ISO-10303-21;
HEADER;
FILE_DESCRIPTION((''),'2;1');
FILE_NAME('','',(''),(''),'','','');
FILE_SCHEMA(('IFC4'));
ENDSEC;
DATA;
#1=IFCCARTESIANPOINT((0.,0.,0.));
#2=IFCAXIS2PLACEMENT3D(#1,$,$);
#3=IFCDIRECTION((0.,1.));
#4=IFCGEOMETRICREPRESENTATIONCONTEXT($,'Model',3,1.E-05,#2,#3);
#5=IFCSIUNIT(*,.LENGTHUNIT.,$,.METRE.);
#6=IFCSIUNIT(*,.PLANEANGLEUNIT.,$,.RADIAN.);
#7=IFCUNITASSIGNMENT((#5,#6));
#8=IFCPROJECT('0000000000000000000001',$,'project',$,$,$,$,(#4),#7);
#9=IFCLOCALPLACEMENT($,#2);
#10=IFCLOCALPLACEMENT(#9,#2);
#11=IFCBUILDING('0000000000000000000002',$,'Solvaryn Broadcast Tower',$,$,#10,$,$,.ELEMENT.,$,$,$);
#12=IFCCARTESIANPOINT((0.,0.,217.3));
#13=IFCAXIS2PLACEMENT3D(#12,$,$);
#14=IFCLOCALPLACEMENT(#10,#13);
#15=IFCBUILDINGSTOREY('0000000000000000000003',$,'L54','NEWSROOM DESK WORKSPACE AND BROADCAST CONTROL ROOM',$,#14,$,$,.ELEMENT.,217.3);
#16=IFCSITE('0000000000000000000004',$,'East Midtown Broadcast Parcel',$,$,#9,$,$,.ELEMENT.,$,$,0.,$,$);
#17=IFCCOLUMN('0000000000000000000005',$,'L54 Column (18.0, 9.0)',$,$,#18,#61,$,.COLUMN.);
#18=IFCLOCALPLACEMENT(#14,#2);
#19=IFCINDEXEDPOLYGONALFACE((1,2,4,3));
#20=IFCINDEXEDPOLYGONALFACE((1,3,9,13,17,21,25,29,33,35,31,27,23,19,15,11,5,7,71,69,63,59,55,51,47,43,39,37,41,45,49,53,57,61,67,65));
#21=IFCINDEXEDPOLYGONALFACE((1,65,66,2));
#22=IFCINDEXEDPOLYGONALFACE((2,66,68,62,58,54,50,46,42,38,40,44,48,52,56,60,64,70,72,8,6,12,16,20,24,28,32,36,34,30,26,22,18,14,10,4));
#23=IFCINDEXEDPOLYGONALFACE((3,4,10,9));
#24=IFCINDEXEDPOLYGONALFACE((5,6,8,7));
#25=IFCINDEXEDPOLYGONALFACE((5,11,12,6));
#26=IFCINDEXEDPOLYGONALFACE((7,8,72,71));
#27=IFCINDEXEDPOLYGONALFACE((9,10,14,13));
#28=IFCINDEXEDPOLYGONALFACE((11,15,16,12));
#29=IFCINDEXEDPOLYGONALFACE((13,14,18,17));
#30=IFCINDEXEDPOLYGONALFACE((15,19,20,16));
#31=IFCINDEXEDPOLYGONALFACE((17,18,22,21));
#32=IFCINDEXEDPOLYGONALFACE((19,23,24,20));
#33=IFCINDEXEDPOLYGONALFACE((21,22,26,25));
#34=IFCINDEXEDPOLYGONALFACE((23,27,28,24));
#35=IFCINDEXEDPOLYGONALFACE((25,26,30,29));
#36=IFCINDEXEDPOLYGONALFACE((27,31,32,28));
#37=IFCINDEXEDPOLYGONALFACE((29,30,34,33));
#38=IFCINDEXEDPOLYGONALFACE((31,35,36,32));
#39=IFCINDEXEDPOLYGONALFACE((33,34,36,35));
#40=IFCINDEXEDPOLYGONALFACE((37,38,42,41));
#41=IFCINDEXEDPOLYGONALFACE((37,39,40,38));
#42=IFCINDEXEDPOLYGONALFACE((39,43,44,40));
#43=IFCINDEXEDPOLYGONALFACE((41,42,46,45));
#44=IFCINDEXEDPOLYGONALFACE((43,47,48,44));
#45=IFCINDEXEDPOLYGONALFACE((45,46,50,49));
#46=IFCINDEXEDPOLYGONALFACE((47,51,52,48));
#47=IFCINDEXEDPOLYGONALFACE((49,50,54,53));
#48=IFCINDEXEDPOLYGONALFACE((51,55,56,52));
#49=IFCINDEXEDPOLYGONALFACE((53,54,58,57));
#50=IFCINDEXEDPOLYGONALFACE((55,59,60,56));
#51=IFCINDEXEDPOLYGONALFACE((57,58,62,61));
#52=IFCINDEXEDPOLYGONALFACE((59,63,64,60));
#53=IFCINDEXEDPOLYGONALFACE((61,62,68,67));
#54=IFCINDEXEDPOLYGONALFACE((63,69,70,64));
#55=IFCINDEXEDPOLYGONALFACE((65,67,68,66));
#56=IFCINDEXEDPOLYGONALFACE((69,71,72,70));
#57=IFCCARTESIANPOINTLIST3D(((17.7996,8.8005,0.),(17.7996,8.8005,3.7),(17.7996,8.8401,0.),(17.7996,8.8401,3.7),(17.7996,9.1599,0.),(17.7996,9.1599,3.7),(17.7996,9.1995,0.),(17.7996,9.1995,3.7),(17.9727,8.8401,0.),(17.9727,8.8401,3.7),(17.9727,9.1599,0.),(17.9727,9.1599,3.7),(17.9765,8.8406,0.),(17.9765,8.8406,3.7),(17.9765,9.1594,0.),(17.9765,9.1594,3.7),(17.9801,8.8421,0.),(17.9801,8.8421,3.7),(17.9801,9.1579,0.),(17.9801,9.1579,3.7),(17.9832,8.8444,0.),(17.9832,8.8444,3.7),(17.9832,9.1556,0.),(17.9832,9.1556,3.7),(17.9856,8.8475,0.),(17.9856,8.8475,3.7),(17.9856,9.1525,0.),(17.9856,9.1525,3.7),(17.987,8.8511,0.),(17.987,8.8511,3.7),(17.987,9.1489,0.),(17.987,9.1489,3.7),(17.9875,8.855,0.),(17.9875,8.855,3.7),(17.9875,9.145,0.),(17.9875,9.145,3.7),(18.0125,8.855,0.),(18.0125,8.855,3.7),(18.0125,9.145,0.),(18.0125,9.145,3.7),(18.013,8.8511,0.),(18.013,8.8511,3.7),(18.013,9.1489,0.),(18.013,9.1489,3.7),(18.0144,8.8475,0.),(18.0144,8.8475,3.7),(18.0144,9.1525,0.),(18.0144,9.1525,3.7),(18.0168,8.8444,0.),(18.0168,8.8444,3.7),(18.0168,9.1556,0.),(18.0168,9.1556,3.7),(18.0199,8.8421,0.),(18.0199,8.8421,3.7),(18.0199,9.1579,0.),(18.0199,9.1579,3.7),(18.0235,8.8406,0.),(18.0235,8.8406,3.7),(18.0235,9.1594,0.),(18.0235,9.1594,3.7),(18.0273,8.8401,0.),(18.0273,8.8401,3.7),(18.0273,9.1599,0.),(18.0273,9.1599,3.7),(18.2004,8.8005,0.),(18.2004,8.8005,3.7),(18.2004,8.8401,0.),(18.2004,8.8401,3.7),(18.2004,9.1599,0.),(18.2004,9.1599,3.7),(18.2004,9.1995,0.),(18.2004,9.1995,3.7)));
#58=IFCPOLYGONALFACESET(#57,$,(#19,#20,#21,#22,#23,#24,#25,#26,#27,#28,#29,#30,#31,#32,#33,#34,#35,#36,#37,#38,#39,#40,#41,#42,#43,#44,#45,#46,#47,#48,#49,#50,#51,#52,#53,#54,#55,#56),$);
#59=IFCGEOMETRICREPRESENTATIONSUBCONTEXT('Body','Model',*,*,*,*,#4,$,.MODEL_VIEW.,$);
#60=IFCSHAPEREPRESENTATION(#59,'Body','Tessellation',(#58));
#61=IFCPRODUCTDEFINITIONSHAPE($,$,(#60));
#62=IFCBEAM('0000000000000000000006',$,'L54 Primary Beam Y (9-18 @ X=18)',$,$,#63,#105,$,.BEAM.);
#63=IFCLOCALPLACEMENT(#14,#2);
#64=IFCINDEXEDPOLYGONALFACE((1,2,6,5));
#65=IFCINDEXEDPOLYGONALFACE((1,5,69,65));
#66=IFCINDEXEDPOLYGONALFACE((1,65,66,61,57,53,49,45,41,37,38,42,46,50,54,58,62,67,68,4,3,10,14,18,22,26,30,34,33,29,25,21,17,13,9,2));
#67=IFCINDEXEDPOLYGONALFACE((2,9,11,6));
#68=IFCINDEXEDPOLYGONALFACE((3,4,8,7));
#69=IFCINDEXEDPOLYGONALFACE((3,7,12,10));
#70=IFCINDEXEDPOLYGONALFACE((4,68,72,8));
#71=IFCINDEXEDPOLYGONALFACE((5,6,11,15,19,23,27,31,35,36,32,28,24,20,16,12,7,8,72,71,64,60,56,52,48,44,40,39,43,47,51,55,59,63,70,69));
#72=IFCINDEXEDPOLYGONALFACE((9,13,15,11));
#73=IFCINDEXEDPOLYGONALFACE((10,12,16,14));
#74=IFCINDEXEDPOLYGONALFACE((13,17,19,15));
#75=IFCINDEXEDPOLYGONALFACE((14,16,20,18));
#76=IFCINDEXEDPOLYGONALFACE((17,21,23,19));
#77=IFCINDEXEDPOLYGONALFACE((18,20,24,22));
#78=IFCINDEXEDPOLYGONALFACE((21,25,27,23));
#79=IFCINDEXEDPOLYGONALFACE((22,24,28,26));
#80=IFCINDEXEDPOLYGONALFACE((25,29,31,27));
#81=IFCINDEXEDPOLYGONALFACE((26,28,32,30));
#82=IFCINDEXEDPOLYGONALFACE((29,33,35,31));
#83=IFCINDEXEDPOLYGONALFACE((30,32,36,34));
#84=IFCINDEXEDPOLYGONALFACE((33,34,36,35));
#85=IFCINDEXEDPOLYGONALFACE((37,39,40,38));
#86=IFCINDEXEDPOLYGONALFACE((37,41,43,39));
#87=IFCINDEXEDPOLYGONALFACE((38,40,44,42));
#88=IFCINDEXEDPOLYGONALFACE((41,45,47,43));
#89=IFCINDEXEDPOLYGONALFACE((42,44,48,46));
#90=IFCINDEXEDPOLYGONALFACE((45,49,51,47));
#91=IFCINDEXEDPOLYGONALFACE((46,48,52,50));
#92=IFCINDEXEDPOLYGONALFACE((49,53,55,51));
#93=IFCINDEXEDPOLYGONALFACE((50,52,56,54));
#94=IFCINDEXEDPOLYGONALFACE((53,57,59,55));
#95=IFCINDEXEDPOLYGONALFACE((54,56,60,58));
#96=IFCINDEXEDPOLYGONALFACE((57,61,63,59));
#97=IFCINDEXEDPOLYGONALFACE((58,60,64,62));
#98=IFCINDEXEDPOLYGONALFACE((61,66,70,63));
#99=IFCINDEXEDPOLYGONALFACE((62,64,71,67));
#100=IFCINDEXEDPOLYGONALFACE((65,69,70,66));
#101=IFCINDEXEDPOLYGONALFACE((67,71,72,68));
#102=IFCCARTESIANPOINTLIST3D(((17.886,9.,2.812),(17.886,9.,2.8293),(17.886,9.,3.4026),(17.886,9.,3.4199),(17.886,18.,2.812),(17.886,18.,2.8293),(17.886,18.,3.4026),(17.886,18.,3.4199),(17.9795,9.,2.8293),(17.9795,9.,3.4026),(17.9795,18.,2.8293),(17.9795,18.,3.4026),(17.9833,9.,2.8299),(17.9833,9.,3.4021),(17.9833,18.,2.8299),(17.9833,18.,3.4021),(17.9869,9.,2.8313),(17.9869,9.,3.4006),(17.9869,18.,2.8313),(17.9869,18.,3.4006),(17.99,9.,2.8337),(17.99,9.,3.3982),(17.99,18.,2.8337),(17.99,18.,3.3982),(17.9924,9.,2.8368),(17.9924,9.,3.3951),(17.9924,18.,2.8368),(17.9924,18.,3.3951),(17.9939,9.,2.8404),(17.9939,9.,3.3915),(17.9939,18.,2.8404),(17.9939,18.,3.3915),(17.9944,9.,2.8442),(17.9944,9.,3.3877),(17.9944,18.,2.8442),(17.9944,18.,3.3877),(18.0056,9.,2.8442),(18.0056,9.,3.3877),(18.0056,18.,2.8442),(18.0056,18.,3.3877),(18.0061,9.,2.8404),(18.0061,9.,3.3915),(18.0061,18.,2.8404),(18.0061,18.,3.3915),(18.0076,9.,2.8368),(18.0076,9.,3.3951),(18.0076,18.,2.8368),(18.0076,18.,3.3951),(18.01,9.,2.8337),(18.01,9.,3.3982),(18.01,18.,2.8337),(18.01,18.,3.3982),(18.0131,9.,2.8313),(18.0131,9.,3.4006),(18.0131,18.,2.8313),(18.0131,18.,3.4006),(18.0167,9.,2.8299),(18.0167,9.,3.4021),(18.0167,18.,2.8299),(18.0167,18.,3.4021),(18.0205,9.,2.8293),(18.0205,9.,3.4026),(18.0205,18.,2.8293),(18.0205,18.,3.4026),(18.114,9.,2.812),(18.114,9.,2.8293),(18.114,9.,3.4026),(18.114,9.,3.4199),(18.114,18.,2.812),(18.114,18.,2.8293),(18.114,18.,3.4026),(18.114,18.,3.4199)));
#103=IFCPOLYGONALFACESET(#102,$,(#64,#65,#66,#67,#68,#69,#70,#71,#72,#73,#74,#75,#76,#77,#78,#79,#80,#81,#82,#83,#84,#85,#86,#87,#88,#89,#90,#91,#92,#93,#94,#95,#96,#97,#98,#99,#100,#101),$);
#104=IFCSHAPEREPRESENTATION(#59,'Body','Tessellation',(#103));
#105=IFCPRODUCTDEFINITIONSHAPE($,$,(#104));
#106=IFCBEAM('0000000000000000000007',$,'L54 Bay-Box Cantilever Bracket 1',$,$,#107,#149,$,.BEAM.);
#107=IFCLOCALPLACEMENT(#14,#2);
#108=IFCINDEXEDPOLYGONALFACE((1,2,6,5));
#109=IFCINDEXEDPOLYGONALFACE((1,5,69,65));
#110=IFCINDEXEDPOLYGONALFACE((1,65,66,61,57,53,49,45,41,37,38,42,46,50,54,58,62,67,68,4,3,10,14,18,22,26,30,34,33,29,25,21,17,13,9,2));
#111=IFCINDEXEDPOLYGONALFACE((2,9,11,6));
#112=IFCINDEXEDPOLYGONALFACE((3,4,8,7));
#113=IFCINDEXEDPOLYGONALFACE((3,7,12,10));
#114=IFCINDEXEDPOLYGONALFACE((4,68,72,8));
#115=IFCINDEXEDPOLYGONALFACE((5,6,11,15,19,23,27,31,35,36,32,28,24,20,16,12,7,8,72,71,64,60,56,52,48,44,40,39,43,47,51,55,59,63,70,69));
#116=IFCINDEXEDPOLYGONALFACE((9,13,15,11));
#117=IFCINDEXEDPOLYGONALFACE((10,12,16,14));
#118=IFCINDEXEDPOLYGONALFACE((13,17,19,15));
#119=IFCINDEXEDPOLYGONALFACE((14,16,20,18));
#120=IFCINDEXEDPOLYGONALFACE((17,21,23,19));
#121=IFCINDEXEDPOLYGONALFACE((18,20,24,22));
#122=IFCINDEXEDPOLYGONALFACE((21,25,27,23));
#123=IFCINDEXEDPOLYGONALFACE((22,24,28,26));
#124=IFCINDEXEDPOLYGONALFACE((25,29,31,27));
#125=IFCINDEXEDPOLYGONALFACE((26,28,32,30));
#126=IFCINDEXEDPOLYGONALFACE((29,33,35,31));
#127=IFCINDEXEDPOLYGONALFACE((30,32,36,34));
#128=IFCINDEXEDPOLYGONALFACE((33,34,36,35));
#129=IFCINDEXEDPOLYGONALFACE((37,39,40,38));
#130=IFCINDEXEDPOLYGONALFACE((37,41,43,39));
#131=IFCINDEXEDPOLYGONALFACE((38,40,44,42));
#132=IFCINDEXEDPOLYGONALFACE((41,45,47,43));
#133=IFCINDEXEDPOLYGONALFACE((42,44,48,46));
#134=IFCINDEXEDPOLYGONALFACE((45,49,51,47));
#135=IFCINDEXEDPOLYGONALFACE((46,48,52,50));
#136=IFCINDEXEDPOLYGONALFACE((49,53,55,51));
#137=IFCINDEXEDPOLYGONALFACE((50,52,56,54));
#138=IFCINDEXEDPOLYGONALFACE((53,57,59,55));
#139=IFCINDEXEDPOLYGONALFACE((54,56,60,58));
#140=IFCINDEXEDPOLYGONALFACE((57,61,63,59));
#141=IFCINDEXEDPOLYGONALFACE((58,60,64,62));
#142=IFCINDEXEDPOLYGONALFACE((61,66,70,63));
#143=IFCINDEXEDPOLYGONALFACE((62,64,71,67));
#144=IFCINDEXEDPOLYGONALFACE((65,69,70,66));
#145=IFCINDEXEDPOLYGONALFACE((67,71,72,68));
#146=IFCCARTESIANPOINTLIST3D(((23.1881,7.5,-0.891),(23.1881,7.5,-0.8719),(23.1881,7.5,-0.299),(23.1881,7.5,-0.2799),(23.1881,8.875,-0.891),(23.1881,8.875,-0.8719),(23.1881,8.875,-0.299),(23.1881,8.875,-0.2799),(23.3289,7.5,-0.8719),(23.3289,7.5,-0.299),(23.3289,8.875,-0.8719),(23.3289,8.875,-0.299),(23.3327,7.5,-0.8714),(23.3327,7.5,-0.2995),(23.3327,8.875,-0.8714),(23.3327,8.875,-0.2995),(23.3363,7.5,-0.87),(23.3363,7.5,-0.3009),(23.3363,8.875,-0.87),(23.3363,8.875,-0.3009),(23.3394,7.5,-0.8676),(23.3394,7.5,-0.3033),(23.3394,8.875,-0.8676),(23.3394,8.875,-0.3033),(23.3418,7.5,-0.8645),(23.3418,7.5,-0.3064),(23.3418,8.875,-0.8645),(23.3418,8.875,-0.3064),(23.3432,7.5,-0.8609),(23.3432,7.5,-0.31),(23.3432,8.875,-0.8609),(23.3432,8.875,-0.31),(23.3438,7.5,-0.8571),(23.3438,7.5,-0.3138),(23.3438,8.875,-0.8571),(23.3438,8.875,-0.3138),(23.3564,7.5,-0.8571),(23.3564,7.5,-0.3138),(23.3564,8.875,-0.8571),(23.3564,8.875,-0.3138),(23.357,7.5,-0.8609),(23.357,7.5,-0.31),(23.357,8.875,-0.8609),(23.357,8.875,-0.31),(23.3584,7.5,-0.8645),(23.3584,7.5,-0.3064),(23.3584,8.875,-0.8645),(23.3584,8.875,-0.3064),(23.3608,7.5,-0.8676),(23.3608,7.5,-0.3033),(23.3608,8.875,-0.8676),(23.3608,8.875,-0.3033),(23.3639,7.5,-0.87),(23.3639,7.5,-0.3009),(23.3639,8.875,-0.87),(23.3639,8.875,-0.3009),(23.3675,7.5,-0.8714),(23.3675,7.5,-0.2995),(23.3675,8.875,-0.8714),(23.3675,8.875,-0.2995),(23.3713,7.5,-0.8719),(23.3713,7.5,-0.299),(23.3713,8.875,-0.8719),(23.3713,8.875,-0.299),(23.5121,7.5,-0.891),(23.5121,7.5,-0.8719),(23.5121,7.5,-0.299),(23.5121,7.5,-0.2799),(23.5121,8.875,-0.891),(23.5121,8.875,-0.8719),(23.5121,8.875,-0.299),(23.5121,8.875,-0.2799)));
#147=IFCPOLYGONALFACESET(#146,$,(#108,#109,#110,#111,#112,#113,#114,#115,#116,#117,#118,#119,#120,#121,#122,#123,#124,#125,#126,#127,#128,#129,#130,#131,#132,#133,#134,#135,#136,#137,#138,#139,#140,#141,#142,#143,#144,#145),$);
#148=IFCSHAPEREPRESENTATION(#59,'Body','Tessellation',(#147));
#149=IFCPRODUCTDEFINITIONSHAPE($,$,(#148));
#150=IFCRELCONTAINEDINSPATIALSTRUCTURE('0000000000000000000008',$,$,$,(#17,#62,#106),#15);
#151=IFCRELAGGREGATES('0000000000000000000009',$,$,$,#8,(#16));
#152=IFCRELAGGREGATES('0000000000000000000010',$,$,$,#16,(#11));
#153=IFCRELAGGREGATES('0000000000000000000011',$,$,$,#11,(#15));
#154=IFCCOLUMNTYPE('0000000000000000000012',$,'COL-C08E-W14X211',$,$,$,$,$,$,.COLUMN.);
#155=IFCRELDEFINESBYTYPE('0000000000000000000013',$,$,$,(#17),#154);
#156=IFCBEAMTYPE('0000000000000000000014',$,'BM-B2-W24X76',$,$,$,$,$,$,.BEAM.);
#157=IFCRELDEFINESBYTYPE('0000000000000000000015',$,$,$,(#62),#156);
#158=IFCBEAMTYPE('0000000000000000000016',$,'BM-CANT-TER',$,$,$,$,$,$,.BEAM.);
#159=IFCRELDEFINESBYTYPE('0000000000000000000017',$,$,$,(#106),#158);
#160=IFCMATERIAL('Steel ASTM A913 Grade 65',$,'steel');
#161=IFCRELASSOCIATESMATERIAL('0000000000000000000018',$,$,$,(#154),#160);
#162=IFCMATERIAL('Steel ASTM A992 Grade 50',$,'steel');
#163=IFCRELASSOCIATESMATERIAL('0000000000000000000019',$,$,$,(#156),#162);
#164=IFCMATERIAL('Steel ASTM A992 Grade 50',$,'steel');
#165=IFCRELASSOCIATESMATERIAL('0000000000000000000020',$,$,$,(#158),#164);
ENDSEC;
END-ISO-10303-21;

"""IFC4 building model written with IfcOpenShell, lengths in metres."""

from ifc_helpers import new_model, si_unit, direction, frame, origin, origin_2d, place, context, subcontext, project, spatial, i_section, extrude, material, material_profile, profile_set, type_object, element, save


model = new_model("IFC4")

# Units and contexts
model_context = context("Model", 3, precision=1e-05, world=origin(), true_north=direction((0.0, 1.0)))
body_context = subcontext(model_context, "Body", "Model", "MODEL_VIEW")
ifc_project = project(units=[si_unit("LENGTHUNIT", "METRE"), si_unit("PLANEANGLEUNIT", "RADIAN")], contexts=[model_context])

# Site, building, storey
site_placement = place(None, origin())
site = spatial("IfcSite", under=ifc_project, at=site_placement, Name="East Midtown Broadcast Parcel", CompositionType="ELEMENT", RefElevation=0.0)
building_placement = place(site_placement, origin())
building = spatial("IfcBuilding", under=site, at=building_placement, Name="Solvaryn Broadcast Tower", CompositionType="ELEMENT")
storey_placement = place(building_placement, frame((0.0, 0.0, 217.3)))
storey = spatial("IfcBuildingStorey", under=building, at=storey_placement, Name="L54", Description="NEWSROOM DESK WORKSPACE AND BROADCAST CONTROL ROOM", CompositionType="ELEMENT", Elevation=217.3)

# Column
ifc_material_1 = material(Name="Steel ASTM A913 Grade 65", Category="steel")
ifc_material_profile_1 = material_profile(ifc_material_1, i_section(OverallWidth=0.4009, OverallDepth=0.3989, WebThickness=0.0249, FlangeThickness=0.0396, FilletRadius=0.0149, at=origin_2d()))
ifc_profile_set_1 = profile_set([ifc_material_profile_1], Name="Steel ASTM A913 Grade 65")
column_type = type_object("IfcColumnType", Name="COL-C08E-W14X211", PredefinedType="COLUMN", material=ifc_profile_set_1)
column_placement = place(storey_placement, frame((18.0, 9.0, 0.0), z_axis=(0.0, 0.0, 1.0), x_axis=(1.0, 0.0, 0.0)))
element("IfcColumn", 1, at=column_placement, inside=storey, type_object=column_type, Name="L54 Column (18.0, 9.0)", PredefinedType="COLUMN", context=body_context, shape_type="SweptSolid", body=[
    extrude(i_section(OverallWidth=0.4009, OverallDepth=0.3989, WebThickness=0.0249, FlangeThickness=0.0396, FilletRadius=0.0149, at=origin_2d()), origin(), (0.0, 0.0, 1.0), 3.7),
])

# Beams
ifc_material_2 = material(Name="Steel ASTM A992 Grade 50", Category="steel")
ifc_material_profile_2 = material_profile(ifc_material_2, i_section(OverallWidth=0.228, OverallDepth=0.6079, WebThickness=0.0112, FlangeThickness=0.0173, FilletRadius=0.0149, at=origin_2d()))
ifc_profile_set_2 = profile_set([ifc_material_profile_2], Name="Steel ASTM A992 Grade 50")
beam_type_1 = type_object("IfcBeamType", Name="BM-B2-W24X76", PredefinedType="BEAM", material=ifc_profile_set_2)
beam_1_placement = place(storey_placement, frame((18.0, 9.0, 3.116), z_axis=(0.0, 1.0, 0.0), x_axis=(-1.0, 0.0, 0.0)))
element("IfcBeam", 2, at=beam_1_placement, inside=storey, type_object=beam_type_1, Name="L54 Primary Beam Y (9-18 @ X=18)", PredefinedType="BEAM", context=body_context, shape_type="SweptSolid", body=[
    extrude(i_section(OverallWidth=0.228, OverallDepth=0.6079, WebThickness=0.0112, FlangeThickness=0.0173, FilletRadius=0.0149, at=origin_2d()), origin(), (0.0, 0.0, 1.0), 9.0),
])
ifc_material_3 = material(Name="Steel ASTM A992 Grade 50", Category="steel")
ifc_material_profile_3 = material_profile(ifc_material_3, i_section(OverallWidth=0.324, OverallDepth=0.6111, WebThickness=0.0127, FlangeThickness=0.019, FilletRadius=0.0149, at=origin_2d()))
ifc_profile_set_3 = profile_set([ifc_material_profile_3], Name="Steel ASTM A992 Grade 50")
beam_type_2 = type_object("IfcBeamType", Name="BM-CANT-TER", PredefinedType="BEAM", material=ifc_profile_set_3)
beam_2_placement = place(storey_placement, frame((23.3501, 8.875, -0.5854), z_axis=(0.0, -1.0, 0.0), x_axis=(1.0, 0.0, 0.0)))
element("IfcBeam", 3, at=beam_2_placement, inside=storey, type_object=beam_type_2, Name="L54 Bay-Box Cantilever Bracket 1", PredefinedType="BEAM", context=body_context, shape_type="SweptSolid", body=[
    extrude(i_section(OverallWidth=0.324, OverallDepth=0.6111, WebThickness=0.0127, FlangeThickness=0.019, FilletRadius=0.0149, at=origin_2d()), origin(), (0.0, 0.0, 1.0), 1.375),
])

save(model, "model.ifc")
